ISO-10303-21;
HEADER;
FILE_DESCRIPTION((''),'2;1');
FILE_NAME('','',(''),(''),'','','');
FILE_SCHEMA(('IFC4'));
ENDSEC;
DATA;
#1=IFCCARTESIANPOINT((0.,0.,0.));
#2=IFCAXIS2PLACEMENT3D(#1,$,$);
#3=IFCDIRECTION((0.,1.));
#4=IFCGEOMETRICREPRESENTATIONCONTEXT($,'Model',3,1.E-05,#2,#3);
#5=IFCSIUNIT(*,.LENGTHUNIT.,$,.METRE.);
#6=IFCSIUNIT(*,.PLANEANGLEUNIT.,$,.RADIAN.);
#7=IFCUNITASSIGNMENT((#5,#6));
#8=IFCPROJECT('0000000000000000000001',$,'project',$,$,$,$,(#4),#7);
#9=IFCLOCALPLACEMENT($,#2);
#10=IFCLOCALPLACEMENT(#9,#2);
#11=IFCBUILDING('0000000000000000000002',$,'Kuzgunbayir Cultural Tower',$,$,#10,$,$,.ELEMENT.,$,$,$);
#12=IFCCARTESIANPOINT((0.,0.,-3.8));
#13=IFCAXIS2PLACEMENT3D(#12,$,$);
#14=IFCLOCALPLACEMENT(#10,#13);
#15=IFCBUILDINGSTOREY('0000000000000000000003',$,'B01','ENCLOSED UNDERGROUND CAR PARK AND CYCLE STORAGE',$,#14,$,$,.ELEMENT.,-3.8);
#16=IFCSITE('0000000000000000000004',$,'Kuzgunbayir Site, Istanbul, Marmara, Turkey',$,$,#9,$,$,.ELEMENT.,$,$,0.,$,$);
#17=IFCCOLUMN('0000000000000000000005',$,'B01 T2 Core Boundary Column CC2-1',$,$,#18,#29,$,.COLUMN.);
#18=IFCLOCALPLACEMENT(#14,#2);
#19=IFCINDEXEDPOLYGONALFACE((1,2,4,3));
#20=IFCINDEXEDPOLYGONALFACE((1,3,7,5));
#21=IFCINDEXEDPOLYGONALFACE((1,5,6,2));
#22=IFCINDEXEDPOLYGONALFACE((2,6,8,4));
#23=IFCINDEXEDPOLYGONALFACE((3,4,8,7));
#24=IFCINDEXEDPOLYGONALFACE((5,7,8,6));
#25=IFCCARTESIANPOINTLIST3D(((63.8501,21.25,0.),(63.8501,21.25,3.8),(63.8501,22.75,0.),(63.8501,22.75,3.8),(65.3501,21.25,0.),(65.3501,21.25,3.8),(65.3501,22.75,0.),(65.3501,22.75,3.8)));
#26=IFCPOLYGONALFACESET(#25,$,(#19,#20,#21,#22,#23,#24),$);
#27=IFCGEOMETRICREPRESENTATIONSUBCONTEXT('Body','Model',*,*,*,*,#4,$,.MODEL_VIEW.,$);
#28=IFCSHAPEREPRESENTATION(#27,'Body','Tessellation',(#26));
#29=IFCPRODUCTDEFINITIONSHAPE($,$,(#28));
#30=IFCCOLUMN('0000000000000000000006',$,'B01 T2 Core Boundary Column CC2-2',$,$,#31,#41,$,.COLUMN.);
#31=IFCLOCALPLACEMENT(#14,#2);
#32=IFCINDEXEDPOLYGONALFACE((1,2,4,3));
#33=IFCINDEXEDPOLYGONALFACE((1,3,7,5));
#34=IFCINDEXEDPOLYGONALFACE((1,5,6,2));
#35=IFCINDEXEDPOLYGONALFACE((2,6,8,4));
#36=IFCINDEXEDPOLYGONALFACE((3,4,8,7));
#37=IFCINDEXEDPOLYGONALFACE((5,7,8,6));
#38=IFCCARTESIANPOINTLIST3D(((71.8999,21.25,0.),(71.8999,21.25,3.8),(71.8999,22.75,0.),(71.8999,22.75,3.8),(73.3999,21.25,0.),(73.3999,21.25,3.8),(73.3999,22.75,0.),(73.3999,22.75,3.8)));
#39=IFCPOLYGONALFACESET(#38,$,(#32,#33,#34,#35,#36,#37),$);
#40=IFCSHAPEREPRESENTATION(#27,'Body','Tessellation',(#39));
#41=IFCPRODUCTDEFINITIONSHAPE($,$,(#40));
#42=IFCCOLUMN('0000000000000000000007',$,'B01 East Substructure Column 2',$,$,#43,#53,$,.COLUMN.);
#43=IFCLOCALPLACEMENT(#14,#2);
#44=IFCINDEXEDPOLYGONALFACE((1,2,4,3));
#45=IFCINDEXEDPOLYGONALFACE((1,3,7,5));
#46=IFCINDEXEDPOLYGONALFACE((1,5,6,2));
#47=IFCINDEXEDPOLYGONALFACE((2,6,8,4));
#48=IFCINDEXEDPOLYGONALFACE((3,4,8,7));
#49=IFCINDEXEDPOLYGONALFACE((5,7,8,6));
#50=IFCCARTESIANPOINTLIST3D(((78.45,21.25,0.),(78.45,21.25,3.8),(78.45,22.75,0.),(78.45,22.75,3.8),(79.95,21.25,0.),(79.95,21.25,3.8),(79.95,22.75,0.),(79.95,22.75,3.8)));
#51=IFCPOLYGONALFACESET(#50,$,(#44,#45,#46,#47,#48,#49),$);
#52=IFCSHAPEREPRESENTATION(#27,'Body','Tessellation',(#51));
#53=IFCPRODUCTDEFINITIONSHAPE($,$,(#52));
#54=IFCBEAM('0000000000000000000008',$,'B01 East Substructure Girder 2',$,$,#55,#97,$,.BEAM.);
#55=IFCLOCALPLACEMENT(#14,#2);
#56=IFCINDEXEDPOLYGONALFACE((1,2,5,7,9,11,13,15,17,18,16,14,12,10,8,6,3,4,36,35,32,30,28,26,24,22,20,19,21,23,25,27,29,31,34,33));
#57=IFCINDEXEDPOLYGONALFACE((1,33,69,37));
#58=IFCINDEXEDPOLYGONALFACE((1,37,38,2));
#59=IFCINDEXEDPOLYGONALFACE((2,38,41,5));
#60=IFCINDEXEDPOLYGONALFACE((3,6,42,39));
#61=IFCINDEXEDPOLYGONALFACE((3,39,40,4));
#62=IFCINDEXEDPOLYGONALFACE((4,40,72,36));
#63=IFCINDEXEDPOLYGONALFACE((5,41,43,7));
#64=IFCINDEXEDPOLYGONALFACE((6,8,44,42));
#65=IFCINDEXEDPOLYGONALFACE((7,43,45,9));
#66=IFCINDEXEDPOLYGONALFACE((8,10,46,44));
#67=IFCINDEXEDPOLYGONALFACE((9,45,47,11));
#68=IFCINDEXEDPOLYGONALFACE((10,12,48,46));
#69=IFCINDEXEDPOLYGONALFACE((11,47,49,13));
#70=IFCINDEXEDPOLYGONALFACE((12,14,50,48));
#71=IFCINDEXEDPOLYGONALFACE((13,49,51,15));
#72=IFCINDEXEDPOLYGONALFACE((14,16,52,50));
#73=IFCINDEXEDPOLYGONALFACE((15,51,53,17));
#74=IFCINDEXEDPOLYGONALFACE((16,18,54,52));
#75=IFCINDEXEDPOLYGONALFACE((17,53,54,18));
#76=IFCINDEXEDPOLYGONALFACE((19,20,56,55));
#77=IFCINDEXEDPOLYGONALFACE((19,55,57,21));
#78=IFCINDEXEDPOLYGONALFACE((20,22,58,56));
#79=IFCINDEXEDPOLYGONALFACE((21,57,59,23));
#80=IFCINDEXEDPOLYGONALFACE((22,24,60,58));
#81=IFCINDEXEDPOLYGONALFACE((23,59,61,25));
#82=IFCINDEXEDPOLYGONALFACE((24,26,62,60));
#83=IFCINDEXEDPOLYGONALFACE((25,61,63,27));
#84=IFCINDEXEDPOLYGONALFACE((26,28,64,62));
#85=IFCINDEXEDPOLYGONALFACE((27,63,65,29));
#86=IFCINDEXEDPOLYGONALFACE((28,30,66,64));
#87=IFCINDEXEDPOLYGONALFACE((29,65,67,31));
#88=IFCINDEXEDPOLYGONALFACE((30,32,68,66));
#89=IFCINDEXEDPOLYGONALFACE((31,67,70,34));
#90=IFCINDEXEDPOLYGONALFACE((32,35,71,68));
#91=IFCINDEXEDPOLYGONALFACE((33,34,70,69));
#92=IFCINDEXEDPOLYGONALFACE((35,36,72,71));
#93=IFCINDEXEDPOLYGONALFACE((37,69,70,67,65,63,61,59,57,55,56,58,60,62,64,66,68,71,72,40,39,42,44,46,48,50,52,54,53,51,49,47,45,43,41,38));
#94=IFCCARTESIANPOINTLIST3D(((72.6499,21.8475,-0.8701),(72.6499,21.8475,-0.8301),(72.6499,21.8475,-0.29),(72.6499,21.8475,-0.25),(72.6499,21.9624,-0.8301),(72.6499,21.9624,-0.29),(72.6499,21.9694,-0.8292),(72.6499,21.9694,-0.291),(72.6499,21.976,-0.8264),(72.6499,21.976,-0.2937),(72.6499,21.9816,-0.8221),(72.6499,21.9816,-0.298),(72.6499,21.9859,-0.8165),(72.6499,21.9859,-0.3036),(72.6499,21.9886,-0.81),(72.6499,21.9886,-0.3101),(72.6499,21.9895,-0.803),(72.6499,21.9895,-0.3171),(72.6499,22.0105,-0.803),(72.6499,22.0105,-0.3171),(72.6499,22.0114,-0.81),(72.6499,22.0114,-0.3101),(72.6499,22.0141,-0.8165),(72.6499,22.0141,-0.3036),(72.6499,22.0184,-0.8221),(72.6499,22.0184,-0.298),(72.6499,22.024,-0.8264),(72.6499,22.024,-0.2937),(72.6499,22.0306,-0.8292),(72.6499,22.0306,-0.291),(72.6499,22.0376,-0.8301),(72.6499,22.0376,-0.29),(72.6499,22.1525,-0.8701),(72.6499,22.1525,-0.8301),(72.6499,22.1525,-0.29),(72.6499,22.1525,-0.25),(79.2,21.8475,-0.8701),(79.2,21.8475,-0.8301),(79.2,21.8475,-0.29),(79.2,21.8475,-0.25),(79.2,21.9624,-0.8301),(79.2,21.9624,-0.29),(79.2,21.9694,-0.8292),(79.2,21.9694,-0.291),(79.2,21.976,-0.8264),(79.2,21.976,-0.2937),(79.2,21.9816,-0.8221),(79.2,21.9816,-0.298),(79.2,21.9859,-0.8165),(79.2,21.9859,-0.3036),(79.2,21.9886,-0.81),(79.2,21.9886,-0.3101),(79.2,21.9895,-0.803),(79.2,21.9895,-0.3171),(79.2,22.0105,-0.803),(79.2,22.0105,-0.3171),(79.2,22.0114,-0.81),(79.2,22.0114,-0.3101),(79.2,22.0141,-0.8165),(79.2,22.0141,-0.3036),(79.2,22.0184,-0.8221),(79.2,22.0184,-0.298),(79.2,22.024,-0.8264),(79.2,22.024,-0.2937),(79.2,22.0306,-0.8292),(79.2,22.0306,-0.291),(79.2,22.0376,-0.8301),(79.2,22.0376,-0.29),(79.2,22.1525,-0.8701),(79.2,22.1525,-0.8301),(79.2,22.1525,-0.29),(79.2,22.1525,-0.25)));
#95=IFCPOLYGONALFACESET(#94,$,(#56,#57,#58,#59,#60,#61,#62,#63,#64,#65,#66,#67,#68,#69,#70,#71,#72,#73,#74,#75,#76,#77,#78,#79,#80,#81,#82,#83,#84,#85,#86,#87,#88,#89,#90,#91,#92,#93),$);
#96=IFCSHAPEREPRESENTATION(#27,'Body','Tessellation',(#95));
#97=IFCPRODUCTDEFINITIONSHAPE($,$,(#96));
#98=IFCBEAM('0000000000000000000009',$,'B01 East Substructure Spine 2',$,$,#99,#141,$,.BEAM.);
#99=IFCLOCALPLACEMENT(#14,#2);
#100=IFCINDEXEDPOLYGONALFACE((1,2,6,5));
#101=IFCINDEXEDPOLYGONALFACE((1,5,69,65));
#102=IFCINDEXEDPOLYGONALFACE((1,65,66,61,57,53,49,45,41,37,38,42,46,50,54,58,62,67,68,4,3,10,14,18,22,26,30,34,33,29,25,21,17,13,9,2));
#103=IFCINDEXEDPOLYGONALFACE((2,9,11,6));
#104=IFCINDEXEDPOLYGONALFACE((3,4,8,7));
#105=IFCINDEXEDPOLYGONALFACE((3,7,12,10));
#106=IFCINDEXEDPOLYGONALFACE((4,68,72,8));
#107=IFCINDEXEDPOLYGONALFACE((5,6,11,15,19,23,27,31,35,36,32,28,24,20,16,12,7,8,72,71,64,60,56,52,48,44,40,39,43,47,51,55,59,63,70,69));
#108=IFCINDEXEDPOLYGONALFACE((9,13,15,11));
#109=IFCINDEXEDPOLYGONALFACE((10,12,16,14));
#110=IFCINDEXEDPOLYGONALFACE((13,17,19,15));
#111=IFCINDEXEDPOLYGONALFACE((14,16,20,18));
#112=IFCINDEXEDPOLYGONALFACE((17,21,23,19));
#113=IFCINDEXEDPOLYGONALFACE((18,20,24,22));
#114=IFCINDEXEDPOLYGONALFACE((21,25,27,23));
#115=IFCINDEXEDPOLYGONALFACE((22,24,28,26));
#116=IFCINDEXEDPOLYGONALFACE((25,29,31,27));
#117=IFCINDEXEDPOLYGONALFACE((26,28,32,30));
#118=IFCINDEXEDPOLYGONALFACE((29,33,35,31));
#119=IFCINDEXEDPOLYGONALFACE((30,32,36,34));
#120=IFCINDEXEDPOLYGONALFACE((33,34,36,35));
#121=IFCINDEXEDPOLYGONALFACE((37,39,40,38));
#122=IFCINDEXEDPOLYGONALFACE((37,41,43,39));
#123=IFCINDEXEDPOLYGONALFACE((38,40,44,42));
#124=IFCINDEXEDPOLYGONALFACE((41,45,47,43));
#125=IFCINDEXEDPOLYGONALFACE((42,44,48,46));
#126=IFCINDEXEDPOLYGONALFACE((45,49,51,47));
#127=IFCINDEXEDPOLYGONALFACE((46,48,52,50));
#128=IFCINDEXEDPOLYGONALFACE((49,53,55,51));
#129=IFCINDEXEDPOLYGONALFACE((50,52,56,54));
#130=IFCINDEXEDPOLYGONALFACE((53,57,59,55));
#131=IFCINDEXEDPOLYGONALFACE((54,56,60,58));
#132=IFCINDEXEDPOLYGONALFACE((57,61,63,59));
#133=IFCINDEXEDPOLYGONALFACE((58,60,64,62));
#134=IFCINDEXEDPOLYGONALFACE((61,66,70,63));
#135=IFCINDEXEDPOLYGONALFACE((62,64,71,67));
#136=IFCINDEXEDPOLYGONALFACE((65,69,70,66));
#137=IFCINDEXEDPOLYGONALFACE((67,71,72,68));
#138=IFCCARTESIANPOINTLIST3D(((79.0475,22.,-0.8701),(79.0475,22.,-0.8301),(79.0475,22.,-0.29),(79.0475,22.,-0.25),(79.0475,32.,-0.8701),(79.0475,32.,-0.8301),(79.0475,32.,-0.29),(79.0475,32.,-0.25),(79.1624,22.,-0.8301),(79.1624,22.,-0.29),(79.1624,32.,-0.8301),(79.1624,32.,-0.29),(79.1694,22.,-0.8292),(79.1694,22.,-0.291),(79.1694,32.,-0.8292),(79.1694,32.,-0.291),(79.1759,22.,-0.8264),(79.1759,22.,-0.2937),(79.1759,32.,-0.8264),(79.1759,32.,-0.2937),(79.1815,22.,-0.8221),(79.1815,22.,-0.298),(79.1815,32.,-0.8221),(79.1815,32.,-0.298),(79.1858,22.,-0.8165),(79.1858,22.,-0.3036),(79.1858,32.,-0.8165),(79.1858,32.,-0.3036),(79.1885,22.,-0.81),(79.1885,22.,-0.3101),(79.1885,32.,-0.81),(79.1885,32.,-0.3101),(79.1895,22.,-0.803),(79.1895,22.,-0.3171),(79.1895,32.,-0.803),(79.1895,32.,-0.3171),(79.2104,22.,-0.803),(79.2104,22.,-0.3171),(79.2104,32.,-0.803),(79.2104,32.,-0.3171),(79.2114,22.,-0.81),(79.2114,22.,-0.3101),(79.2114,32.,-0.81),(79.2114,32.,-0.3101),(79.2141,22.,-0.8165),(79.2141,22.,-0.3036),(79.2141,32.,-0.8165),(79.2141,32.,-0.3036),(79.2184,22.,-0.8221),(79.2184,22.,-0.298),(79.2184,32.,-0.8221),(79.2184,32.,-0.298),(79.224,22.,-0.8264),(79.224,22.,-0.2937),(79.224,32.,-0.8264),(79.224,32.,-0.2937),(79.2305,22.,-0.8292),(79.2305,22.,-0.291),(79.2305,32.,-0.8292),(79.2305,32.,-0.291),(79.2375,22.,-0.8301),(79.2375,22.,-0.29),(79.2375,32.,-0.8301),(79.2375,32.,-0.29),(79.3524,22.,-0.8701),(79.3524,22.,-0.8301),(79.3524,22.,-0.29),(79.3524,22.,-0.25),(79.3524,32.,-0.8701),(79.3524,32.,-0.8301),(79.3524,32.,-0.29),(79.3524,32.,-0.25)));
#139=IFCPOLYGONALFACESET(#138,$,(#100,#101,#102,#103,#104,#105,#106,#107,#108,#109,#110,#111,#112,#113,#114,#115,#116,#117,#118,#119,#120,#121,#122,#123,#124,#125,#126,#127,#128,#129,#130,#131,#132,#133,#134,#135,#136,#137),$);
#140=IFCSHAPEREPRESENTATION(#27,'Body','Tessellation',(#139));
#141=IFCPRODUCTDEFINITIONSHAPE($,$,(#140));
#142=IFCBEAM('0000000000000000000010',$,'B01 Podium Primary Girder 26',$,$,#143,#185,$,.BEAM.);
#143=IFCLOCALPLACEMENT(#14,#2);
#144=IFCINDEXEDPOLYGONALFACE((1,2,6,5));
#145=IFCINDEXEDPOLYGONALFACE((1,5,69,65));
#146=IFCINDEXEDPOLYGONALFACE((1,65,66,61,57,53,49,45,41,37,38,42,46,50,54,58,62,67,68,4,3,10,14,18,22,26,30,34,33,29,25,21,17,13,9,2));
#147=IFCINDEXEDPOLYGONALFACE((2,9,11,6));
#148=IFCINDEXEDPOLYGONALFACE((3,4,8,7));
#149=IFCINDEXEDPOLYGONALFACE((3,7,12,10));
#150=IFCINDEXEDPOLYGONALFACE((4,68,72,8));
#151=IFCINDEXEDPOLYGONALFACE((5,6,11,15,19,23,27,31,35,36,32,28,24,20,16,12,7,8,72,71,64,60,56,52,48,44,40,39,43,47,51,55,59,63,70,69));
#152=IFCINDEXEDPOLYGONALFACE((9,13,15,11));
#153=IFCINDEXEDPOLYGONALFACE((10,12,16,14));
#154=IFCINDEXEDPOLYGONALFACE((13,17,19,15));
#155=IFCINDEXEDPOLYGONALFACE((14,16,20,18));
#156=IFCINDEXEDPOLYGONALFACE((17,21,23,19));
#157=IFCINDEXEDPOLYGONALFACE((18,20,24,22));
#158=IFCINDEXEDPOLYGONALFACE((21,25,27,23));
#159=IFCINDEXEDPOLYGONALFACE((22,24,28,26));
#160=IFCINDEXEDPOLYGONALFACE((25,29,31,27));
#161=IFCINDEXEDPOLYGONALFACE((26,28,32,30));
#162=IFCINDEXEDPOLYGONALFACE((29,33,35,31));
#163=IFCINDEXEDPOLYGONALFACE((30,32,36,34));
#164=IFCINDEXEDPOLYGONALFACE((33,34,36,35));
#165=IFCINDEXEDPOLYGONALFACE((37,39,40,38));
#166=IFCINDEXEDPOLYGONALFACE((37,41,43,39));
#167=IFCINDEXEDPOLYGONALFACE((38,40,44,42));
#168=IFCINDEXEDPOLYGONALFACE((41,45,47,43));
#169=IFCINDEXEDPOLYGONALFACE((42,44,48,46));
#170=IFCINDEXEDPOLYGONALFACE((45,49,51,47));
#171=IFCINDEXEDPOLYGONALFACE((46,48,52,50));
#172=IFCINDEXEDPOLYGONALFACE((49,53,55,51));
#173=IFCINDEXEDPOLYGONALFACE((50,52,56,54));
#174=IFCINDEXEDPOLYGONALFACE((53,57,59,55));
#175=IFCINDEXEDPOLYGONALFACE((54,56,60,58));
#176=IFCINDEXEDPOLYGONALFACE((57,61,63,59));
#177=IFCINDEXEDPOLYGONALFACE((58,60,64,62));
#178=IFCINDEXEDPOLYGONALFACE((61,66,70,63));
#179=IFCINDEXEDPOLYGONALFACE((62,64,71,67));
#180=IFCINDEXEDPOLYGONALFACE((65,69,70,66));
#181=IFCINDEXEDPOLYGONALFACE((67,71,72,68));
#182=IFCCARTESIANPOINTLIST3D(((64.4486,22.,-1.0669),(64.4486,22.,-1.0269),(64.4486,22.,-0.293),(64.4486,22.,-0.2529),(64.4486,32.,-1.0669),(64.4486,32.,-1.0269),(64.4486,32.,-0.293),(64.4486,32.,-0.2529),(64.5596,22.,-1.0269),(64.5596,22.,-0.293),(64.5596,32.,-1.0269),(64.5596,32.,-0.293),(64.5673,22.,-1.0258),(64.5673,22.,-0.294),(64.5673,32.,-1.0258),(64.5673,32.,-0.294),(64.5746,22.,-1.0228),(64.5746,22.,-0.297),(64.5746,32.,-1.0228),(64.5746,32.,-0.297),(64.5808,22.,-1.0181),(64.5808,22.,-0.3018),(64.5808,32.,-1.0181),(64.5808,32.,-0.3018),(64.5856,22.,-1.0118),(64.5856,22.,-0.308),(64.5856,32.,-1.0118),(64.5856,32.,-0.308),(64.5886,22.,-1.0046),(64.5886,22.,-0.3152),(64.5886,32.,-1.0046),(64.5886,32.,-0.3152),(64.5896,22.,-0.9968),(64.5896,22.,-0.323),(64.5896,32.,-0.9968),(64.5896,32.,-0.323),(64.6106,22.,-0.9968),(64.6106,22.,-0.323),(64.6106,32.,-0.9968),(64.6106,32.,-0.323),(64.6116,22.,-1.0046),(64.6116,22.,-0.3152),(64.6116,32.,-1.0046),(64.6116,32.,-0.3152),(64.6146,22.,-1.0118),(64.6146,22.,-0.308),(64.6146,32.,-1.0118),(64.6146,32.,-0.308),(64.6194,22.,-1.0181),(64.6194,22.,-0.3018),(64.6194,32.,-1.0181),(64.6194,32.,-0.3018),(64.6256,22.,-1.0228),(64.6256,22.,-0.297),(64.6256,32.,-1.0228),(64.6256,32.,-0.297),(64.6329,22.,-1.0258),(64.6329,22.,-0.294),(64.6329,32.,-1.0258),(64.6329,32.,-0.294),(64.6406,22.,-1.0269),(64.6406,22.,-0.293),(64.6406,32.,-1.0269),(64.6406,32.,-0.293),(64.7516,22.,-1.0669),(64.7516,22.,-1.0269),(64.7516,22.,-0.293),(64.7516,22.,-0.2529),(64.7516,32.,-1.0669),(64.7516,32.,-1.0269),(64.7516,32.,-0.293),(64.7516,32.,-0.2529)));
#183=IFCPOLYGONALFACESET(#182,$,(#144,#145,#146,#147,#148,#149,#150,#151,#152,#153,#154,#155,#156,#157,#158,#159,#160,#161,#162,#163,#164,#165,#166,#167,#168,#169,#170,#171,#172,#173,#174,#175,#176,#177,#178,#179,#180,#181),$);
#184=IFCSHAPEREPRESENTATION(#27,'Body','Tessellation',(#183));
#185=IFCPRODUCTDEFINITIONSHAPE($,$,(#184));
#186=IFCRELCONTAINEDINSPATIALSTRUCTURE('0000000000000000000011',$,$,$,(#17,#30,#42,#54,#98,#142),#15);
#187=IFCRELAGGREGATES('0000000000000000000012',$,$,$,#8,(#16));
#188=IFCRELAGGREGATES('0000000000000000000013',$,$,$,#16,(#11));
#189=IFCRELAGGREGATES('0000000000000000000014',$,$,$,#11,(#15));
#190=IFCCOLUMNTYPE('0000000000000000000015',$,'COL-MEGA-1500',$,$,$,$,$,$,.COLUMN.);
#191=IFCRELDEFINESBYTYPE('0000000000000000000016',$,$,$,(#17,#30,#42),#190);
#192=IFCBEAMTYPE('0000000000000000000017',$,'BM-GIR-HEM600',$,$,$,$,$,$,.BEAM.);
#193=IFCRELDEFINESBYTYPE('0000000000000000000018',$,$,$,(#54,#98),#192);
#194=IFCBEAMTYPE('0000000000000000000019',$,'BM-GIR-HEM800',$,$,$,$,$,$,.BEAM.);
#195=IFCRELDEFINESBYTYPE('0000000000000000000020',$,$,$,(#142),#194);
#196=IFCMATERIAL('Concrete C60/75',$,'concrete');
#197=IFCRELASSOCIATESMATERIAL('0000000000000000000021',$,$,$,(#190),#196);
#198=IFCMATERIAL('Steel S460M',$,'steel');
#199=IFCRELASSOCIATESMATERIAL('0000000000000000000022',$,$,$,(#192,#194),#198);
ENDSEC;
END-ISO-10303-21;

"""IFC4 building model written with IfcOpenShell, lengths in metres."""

from ifc_helpers import new_model, si_unit, direction, frame, origin, origin_2d, place, context, subcontext, project, spatial, rectangle, i_section, extrude, material, material_profile, profile_set, type_object, element, save


model = new_model("IFC4")

# Units and contexts
model_context = context("Model", 3, precision=1e-05, world=origin(), true_north=direction((0.0, 1.0)))
body_context = subcontext(model_context, "Body", "Model", "MODEL_VIEW")
ifc_project = project(units=[si_unit("LENGTHUNIT", "METRE"), si_unit("PLANEANGLEUNIT", "RADIAN")], contexts=[model_context])

# Site, building, storey
site_placement = place(None, origin())
site = spatial("IfcSite", under=ifc_project, at=site_placement, Name="Kuzgunbayir Site, Istanbul, Marmara, Turkey", CompositionType="ELEMENT", RefElevation=0.0)
building_placement = place(site_placement, origin())
building = spatial("IfcBuilding", under=site, at=building_placement, Name="Kuzgunbayir Cultural Tower", CompositionType="ELEMENT")
storey_placement = place(building_placement, frame((0.0, 0.0, -3.8)))
storey = spatial("IfcBuildingStorey", under=building, at=storey_placement, Name="B01", Description="ENCLOSED UNDERGROUND CAR PARK AND CYCLE STORAGE", CompositionType="ELEMENT", Elevation=-3.8)

# Columns
ifc_material_1 = material(Name="Concrete C60/75", Category="concrete")
ifc_material_profile_1 = material_profile(ifc_material_1, rectangle(XDim=1.5, YDim=1.5, at=origin_2d()), Name="RC 1500x1500")
ifc_profile_set_1 = profile_set([ifc_material_profile_1], Name="Concrete C60/75")
column_type = type_object("IfcColumnType", Name="COL-MEGA-1500", PredefinedType="COLUMN", material=ifc_profile_set_1)
for number, where, z_axis, x_axis, name in (
    (1, (64.6001, 22.0, 0.0), (0.0, 0.0, 1.0), (1.0, 0.0, 0.0), "B01 T2 Core Boundary Column CC2-1"),
    (2, (72.6499, 22.0, 0.0), (0.0, 0.0, 1.0), (1.0, 0.0, 0.0), "B01 T2 Core Boundary Column CC2-2"),
    (3, (79.2, 22.0, 0.0), (0.0, 0.0, 1.0), (1.0, 0.0, 0.0), "B01 East Substructure Column 2"),
):
    element("IfcColumn", number, at=place(storey_placement, frame(where, z_axis=z_axis, x_axis=x_axis)), inside=storey, type_object=column_type, Name=name, PredefinedType="COLUMN", context=body_context, shape_type="SweptSolid", body=[
        extrude(rectangle(XDim=1.5, YDim=1.5, at=origin_2d()), origin(), (0.0, 0.0, 1.0), 3.8),
    ])

# Beams
ifc_material_2 = material(Name="Steel S460M", Category="steel")
ifc_material_profile_2 = material_profile(ifc_material_2, i_section(OverallWidth=0.3049, OverallDepth=0.6201, WebThickness=0.021, FlangeThickness=0.04, FilletRadius=0.0271, at=origin_2d()), Name="HEM 600")
ifc_profile_set_2 = profile_set([ifc_material_profile_2], Name="Steel S460M")
beam_type_1 = type_object("IfcBeamType", Name="BM-GIR-HEM600", PredefinedType="BEAM", material=ifc_profile_set_2)
beam_1_placement = place(storey_placement, frame((72.6499, 22.0, -0.5601), z_axis=(1.0, 0.0, 0.0), x_axis=(0.0, 1.0, 0.0)))
element("IfcBeam", 4, at=beam_1_placement, inside=storey, type_object=beam_type_1, Name="B01 East Substructure Girder 2", PredefinedType="BEAM", context=body_context, shape_type="SweptSolid", body=[
    extrude(i_section(OverallWidth=0.3049, OverallDepth=0.6201, WebThickness=0.021, FlangeThickness=0.04, FilletRadius=0.0271, at=origin_2d()), origin(), (0.0, 0.0, 1.0), 6.55),
])
beam_2_placement = place(storey_placement, frame((79.2, 22.0, -0.5601), z_axis=(0.0, 1.0, 0.0), x_axis=(-1.0, 0.0, 0.0)))
element("IfcBeam", 5, at=beam_2_placement, inside=storey, type_object=beam_type_1, Name="B01 East Substructure Spine 2", PredefinedType="BEAM", context=body_context, shape_type="SweptSolid", body=[
    extrude(i_section(OverallWidth=0.3049, OverallDepth=0.6201, WebThickness=0.021, FlangeThickness=0.04, FilletRadius=0.0271, at=origin_2d()), origin(), (0.0, 0.0, 1.0), 10.0),
])
ifc_material_profile_3 = material_profile(ifc_material_2, i_section(OverallWidth=0.303, OverallDepth=0.814, WebThickness=0.021, FlangeThickness=0.04, FilletRadius=0.03, at=origin_2d()), Name="HEM 800")
ifc_profile_set_3 = profile_set([ifc_material_profile_3], Name="Steel S460M")
beam_type_2 = type_object("IfcBeamType", Name="BM-GIR-HEM800", PredefinedType="BEAM", material=ifc_profile_set_3)
beam_3_placement = place(storey_placement, frame((64.6001, 22.0, -0.6599), z_axis=(0.0, 1.0, 0.0), x_axis=(-1.0, 0.0, 0.0)))
element("IfcBeam", 6, at=beam_3_placement, inside=storey, type_object=beam_type_2, Name="B01 Podium Primary Girder 26", PredefinedType="BEAM", context=body_context, shape_type="SweptSolid", body=[
    extrude(i_section(OverallWidth=0.303, OverallDepth=0.814, WebThickness=0.021, FlangeThickness=0.04, FilletRadius=0.03, at=origin_2d()), origin(), (0.0, 0.0, 1.0), 10.0),
])

save(model, "model.ifc")
